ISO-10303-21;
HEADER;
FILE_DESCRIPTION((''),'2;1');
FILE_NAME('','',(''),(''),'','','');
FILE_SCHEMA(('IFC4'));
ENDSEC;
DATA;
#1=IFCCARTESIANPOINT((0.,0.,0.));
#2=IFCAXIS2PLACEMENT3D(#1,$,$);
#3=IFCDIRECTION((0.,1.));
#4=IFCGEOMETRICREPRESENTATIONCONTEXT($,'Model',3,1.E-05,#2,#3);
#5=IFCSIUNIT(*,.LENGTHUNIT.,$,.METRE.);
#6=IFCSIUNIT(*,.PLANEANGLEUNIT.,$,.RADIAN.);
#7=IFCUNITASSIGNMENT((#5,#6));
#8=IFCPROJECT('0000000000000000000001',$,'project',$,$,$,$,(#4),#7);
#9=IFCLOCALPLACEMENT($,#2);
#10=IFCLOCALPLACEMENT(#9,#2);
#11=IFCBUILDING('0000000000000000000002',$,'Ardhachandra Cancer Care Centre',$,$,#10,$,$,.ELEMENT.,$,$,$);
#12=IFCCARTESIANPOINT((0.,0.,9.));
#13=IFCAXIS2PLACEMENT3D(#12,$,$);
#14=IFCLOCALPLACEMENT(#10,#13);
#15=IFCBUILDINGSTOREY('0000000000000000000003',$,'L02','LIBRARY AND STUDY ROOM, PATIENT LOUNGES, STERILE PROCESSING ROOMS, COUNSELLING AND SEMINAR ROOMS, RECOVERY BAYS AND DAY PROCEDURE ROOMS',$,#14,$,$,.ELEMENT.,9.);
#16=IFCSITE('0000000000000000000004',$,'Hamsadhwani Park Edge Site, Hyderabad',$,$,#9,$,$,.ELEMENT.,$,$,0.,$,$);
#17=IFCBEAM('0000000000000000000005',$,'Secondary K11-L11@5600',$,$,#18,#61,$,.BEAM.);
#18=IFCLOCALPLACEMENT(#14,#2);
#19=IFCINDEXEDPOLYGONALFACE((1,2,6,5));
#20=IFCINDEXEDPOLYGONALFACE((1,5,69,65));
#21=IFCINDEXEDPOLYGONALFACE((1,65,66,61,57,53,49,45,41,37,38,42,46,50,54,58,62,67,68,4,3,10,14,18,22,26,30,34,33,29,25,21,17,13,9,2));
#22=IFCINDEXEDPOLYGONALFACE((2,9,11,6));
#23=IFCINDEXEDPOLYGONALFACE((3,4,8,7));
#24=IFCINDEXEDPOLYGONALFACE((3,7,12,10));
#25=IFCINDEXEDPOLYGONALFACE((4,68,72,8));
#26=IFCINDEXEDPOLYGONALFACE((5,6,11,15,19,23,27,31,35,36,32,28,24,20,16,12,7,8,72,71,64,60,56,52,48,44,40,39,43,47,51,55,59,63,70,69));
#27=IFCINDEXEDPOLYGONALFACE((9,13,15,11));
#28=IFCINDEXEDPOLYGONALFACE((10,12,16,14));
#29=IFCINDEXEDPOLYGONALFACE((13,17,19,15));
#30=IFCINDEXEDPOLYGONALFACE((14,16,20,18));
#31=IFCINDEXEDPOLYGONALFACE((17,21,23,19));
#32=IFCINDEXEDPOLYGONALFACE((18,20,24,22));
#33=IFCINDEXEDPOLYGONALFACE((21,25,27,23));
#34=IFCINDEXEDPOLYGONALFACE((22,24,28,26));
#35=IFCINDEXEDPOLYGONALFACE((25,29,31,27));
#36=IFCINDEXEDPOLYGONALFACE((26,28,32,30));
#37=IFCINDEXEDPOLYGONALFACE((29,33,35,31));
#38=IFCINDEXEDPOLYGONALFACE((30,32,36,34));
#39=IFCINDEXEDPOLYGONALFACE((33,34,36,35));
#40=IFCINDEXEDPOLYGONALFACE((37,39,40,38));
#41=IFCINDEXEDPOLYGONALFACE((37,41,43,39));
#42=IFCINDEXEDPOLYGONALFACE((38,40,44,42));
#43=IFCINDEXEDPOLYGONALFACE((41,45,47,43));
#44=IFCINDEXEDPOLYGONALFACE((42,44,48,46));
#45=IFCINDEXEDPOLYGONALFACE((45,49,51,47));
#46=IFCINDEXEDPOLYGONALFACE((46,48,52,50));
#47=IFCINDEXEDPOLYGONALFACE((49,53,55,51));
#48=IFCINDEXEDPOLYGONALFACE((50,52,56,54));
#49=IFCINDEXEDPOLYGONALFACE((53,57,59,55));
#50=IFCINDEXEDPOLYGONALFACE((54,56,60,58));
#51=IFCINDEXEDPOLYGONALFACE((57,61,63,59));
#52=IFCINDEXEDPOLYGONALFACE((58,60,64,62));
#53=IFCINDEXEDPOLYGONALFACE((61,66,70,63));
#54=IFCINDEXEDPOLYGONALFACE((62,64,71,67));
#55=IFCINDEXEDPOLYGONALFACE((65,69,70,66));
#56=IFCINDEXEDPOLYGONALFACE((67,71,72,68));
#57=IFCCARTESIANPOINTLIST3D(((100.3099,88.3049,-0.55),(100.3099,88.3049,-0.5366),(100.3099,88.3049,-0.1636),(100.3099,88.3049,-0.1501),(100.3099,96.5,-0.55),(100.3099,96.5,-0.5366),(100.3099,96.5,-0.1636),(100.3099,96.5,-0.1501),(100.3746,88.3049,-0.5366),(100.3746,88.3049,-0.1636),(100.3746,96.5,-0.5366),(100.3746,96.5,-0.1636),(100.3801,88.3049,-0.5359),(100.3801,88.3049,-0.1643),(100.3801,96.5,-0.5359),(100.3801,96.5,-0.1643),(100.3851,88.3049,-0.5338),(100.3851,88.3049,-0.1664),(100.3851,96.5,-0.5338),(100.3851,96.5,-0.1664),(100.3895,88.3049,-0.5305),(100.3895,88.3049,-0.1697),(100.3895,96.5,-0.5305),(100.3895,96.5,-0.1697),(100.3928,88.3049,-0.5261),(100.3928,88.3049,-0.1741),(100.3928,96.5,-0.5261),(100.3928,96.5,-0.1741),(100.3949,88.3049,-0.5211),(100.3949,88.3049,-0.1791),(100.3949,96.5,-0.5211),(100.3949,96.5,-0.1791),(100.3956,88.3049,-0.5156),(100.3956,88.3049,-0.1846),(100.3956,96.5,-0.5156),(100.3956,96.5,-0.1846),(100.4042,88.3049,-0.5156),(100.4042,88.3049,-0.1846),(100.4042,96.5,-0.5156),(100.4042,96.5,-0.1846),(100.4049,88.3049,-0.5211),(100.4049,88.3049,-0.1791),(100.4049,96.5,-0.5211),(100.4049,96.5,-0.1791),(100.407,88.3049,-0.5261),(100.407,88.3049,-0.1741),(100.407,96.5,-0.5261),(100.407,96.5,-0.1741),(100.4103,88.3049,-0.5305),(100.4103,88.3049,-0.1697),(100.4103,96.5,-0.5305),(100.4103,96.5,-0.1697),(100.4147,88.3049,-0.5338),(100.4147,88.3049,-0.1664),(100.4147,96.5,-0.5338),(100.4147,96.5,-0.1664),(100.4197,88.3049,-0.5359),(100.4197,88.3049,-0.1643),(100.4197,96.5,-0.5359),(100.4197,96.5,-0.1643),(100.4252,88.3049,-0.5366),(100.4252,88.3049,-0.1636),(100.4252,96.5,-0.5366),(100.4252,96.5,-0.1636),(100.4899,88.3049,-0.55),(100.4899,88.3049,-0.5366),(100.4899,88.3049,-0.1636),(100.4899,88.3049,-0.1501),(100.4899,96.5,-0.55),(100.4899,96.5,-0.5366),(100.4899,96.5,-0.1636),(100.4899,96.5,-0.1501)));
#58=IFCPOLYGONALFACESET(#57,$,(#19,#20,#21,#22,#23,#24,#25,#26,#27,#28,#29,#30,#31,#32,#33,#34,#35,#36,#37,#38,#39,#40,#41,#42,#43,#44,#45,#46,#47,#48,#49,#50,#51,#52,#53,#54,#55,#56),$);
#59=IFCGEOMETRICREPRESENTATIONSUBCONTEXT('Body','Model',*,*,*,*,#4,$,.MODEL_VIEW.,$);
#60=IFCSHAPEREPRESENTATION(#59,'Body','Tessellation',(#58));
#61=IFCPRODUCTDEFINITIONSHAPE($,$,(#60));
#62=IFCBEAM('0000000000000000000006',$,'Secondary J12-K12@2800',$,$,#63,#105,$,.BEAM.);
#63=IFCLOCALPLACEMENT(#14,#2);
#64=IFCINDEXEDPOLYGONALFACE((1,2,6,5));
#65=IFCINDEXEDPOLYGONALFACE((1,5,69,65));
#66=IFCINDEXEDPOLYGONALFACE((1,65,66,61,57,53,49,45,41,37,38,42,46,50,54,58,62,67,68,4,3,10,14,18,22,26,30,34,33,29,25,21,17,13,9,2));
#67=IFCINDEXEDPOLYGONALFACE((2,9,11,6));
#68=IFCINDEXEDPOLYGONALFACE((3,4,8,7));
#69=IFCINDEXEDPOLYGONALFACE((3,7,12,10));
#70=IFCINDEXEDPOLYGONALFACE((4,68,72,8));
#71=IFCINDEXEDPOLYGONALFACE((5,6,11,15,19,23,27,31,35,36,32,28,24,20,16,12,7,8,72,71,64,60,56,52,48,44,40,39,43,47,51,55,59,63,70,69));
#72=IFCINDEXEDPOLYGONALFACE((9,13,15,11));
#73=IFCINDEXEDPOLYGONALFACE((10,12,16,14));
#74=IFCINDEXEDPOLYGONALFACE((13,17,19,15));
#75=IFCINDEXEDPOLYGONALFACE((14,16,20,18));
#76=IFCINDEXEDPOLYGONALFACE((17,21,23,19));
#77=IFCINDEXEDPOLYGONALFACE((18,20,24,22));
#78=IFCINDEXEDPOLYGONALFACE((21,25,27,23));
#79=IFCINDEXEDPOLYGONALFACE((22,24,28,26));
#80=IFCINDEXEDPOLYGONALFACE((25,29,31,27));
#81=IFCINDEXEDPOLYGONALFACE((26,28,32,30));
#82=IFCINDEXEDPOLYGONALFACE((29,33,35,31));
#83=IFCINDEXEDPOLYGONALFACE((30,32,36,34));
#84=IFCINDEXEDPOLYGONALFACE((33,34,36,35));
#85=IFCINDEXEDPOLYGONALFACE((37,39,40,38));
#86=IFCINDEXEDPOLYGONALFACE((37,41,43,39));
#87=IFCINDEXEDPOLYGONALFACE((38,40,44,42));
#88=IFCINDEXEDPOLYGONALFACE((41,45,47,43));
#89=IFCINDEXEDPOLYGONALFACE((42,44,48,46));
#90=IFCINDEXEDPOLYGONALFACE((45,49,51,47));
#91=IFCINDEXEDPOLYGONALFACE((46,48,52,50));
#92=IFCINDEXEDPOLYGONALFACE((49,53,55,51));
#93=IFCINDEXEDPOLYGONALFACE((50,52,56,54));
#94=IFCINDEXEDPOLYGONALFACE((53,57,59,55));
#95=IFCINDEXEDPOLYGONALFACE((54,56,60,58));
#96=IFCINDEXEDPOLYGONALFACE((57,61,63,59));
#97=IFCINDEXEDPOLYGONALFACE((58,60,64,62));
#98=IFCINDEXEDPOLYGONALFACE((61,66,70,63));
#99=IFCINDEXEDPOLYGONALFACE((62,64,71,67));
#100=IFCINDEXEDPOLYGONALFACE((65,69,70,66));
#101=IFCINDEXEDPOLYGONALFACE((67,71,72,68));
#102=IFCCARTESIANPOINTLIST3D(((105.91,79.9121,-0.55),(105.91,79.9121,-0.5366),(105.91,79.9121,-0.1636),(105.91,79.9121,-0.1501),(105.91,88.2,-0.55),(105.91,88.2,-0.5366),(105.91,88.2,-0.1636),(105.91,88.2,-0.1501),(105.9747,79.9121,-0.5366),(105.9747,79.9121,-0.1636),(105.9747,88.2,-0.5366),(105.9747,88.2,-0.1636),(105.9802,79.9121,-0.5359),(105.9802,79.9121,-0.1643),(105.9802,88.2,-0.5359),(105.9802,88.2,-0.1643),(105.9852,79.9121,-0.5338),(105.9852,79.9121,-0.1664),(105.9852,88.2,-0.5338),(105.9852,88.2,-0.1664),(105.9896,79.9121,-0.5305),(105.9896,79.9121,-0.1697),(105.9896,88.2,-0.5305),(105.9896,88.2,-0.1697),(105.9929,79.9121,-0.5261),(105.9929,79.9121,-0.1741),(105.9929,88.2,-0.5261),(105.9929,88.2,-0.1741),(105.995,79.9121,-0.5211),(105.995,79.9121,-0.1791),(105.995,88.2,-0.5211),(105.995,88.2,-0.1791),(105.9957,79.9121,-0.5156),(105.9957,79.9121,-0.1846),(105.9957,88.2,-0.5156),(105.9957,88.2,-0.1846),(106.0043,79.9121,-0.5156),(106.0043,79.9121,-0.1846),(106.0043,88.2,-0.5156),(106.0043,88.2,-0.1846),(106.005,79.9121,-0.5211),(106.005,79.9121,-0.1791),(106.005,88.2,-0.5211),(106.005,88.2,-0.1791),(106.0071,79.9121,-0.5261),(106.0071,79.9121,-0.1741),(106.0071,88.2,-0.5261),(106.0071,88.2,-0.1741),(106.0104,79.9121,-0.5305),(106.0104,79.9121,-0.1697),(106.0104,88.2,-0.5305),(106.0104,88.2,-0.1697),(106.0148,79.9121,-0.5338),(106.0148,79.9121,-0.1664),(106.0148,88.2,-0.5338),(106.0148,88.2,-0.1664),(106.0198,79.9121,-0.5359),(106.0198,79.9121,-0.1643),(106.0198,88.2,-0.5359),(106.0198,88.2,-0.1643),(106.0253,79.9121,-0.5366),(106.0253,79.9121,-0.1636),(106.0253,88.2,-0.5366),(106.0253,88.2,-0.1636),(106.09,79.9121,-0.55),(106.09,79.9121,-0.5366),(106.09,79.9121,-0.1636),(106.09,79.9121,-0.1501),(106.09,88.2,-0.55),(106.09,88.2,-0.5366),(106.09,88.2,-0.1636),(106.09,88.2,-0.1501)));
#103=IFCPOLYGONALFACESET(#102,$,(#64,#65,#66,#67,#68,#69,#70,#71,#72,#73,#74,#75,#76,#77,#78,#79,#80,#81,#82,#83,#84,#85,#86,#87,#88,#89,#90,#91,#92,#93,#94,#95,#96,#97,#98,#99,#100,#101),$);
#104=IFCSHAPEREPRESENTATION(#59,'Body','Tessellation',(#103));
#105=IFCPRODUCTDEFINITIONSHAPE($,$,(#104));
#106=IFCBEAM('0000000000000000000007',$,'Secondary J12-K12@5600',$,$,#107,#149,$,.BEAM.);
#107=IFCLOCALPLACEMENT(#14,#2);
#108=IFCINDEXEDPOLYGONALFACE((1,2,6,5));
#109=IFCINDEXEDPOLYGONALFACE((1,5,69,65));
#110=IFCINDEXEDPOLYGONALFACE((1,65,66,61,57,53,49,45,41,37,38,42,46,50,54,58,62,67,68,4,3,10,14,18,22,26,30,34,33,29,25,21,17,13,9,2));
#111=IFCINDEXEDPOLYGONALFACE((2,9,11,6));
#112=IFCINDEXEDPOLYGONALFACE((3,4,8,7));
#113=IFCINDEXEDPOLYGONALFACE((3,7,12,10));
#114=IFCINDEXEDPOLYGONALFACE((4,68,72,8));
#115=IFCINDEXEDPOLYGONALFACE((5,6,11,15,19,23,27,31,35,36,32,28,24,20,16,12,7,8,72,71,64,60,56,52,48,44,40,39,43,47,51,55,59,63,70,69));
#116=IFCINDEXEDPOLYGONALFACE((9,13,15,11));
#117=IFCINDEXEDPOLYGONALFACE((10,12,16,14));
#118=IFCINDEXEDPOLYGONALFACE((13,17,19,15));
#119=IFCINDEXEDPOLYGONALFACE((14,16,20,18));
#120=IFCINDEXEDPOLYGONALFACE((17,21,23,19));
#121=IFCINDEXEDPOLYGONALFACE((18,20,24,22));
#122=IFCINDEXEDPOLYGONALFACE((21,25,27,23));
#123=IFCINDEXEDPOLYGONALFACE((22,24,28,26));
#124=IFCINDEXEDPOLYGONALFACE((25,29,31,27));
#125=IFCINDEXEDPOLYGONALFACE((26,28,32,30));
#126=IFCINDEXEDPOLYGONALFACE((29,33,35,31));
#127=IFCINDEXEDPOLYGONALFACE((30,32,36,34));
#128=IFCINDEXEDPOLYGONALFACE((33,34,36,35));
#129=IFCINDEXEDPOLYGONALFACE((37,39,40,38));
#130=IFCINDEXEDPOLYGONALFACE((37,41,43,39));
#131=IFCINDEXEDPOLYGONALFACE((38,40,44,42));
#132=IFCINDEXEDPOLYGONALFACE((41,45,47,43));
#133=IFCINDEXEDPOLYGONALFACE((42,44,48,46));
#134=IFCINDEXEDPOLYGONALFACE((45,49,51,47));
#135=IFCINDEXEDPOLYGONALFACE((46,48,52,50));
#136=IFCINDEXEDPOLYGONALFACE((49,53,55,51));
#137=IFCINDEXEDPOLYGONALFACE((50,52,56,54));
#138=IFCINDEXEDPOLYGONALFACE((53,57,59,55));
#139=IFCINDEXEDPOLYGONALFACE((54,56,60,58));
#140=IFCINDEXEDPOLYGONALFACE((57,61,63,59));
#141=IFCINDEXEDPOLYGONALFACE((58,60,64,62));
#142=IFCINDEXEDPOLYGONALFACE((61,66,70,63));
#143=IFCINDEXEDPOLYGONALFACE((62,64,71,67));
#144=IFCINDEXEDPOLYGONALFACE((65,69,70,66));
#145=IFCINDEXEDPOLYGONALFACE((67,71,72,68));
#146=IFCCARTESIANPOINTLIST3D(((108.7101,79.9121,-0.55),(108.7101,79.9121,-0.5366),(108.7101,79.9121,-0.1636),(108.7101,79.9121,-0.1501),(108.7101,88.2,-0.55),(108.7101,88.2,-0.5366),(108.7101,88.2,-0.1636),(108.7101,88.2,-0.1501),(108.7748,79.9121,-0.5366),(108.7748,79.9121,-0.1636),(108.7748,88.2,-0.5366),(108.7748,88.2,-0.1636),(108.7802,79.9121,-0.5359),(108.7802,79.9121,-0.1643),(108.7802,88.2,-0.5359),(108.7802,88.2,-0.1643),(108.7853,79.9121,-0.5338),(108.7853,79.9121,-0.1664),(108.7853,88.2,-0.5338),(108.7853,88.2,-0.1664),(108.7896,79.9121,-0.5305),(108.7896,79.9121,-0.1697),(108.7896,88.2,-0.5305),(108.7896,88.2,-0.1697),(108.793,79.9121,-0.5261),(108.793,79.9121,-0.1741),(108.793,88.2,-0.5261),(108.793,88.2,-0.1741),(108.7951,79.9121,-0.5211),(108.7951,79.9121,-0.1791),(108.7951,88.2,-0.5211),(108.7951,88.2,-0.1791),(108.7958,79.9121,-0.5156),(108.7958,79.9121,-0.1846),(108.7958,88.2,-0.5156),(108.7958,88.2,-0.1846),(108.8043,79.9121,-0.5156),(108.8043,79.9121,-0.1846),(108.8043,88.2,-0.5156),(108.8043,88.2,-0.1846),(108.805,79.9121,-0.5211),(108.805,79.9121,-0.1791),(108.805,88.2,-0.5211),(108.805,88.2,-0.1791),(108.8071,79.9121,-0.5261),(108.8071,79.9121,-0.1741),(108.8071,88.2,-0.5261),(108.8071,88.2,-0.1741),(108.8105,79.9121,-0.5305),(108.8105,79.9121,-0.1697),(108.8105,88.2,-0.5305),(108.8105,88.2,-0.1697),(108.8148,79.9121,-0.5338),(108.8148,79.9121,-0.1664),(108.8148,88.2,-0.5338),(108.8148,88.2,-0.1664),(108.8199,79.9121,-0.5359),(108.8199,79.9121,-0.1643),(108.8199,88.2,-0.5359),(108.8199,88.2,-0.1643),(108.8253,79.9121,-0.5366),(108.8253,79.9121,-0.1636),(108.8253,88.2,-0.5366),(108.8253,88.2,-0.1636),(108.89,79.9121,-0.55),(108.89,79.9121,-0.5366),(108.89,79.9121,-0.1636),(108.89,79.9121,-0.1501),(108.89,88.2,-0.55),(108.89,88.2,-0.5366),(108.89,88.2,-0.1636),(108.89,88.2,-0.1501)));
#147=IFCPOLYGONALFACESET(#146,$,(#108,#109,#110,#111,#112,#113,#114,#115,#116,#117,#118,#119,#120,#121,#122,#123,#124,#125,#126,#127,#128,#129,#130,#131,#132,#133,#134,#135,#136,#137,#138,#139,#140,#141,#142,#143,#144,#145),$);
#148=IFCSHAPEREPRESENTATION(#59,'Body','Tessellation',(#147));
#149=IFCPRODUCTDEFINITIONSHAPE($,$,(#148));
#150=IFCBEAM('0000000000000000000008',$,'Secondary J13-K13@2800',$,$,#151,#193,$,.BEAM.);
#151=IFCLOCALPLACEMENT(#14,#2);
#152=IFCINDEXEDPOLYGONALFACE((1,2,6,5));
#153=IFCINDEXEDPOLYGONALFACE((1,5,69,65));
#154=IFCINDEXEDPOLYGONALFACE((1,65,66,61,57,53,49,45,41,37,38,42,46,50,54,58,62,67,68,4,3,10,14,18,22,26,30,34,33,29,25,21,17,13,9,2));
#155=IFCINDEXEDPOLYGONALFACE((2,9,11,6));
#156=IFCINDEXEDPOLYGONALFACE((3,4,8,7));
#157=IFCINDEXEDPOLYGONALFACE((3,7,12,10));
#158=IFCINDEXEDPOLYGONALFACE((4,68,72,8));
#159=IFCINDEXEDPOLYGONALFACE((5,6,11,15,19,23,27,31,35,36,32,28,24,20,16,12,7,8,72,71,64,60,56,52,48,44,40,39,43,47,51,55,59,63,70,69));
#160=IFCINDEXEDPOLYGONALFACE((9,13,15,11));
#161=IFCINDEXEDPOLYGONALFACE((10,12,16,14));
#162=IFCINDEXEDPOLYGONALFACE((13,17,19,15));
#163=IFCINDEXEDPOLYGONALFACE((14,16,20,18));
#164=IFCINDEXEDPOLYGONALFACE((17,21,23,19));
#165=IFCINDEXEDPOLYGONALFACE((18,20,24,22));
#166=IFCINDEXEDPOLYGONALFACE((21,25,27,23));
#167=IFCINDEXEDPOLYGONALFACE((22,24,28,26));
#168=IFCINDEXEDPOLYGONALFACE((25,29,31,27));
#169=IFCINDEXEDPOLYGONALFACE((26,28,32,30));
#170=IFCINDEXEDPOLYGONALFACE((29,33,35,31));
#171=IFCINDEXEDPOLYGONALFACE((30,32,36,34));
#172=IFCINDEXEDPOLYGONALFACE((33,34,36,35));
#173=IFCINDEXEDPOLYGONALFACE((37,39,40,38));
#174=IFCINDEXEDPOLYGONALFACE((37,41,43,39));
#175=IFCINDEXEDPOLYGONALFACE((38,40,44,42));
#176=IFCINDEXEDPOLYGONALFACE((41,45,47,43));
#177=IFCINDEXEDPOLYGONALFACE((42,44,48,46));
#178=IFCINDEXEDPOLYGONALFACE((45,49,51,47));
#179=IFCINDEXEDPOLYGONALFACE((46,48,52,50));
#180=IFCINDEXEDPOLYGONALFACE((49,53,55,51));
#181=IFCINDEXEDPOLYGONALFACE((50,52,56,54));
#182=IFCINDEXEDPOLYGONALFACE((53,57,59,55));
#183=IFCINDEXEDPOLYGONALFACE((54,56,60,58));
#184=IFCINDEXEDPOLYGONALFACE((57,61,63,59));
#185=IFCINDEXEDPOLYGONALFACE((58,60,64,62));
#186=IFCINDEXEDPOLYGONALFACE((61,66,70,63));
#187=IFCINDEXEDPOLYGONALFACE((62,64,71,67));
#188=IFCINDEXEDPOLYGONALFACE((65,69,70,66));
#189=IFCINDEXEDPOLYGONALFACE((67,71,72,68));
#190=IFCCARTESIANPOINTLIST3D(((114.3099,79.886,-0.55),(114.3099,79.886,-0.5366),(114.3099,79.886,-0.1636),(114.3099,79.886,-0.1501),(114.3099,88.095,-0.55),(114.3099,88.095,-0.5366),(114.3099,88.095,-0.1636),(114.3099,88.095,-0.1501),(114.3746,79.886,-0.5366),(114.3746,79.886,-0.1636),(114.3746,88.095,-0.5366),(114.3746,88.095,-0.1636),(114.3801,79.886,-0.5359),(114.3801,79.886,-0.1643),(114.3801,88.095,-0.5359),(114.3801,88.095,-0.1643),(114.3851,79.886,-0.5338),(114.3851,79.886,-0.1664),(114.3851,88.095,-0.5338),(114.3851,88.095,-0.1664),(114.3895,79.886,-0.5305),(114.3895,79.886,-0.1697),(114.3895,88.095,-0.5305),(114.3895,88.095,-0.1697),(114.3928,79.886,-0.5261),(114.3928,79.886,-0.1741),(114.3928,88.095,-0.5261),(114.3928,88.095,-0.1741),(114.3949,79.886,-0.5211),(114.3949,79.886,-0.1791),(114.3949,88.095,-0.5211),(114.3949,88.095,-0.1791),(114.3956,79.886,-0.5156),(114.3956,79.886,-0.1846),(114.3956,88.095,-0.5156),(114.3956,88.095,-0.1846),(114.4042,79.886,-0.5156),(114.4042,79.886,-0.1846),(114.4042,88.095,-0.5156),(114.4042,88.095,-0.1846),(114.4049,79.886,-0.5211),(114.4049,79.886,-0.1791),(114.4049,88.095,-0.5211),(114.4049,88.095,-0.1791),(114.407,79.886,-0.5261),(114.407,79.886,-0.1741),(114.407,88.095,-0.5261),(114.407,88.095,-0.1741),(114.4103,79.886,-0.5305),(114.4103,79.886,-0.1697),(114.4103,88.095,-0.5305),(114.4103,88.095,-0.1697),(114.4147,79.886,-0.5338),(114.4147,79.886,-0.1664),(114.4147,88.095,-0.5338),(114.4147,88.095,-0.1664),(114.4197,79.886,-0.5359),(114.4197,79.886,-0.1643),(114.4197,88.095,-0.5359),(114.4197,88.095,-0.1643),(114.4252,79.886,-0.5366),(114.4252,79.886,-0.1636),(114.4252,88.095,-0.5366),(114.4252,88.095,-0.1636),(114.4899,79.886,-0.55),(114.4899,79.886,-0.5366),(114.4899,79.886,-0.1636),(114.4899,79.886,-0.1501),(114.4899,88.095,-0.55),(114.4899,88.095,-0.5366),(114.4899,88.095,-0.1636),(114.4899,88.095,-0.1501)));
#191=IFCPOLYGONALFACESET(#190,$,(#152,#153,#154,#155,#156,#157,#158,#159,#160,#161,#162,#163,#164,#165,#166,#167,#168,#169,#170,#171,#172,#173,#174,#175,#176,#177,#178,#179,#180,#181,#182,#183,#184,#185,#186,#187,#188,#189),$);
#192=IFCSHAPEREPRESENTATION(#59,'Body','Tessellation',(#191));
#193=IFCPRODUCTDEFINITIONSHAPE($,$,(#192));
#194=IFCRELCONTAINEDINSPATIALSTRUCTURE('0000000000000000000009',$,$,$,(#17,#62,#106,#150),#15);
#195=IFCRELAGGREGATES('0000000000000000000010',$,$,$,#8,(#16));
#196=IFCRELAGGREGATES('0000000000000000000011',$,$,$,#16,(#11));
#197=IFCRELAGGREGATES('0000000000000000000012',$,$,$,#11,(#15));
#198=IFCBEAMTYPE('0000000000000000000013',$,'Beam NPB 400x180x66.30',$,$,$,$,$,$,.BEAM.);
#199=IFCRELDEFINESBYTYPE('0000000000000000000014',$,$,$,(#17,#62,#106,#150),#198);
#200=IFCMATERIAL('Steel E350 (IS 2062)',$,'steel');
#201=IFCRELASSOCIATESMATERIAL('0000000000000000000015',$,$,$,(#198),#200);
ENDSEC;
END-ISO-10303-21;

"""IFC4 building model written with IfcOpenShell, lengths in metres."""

from ifc_helpers import new_model, si_unit, direction, frame, origin, origin_2d, place, context, subcontext, project, spatial, i_section, extrude, material, material_profile, profile_set, type_object, element, save


model = new_model("IFC4")

# Units and contexts
model_context = context("Model", 3, precision=1e-05, world=origin(), true_north=direction((0.0, 1.0)))
body_context = subcontext(model_context, "Body", "Model", "MODEL_VIEW")
ifc_project = project(units=[si_unit("LENGTHUNIT", "METRE"), si_unit("PLANEANGLEUNIT", "RADIAN")], contexts=[model_context])

# Site, building, storey
site_placement = place(None, origin())
site = spatial("IfcSite", under=ifc_project, at=site_placement, Name="Hamsadhwani Park Edge Site, Hyderabad", CompositionType="ELEMENT", RefElevation=0.0)
building_placement = place(site_placement, origin())
building = spatial("IfcBuilding", under=site, at=building_placement, Name="Ardhachandra Cancer Care Centre", CompositionType="ELEMENT")
storey_placement = place(building_placement, frame((0.0, 0.0, 9.0)))
storey = spatial("IfcBuildingStorey", under=building, at=storey_placement, Name="L02", Description="LIBRARY AND STUDY ROOM, PATIENT LOUNGES, STERILE PROCESSING ROOMS, COUNSELLING AND SEMINAR ROOMS, RECOVERY BAYS AND DAY PROCEDURE ROOMS", CompositionType="ELEMENT", Elevation=9.0)

# Beams
ifc_material_1 = material(Name="Steel E350 (IS 2062)", Category="steel")
ifc_material_profile_1 = material_profile(ifc_material_1, i_section(OverallWidth=0.1799, OverallDepth=0.3999, WebThickness=0.0085, FlangeThickness=0.0134, FilletRadius=0.021, at=origin_2d()), Name="NPB 400x180x66.30")
ifc_profile_set_1 = profile_set([ifc_material_profile_1], Name="Steel E350 (IS 2062)")
beam_type_1 = type_object("IfcBeamType", Name="Beam NPB 400x180x66.30", PredefinedType="BEAM", material=ifc_profile_set_1)
beam_1_placement = place(storey_placement, frame((100.3999, 88.3049, -0.3501), z_axis=(0.0, 1.0, 0.0), x_axis=(-1.0, 0.0, 0.0)))
element("IfcBeam", 1, at=beam_1_placement, inside=storey, type_object=beam_type_1, Name="Secondary K11-L11@5600", PredefinedType="BEAM", context=body_context, shape_type="SweptSolid", body=[
    extrude(i_section(OverallWidth=0.1799, OverallDepth=0.3999, WebThickness=0.0085, FlangeThickness=0.0134, FilletRadius=0.021, at=origin_2d()), origin(), (0.0, 0.0, 1.0), 8.1951),
])
for number, where, z_axis, x_axis, name in (
    (2, (106.0, 79.9121, -0.3501), (0.0, 1.0, 0.0), (-1.0, 0.0, 0.0), "Secondary J12-K12@2800"),
    (3, (108.8, 79.9121, -0.3501), (0.0, 1.0, 0.0), (-1.0, 0.0, 0.0), "Secondary J12-K12@5600"),
):
    element("IfcBeam", number, at=place(storey_placement, frame(where, z_axis=z_axis, x_axis=x_axis)), inside=storey, type_object=beam_type_1, Name=name, PredefinedType="BEAM", context=body_context, shape_type="SweptSolid", body=[
        extrude(i_section(OverallWidth=0.1799, OverallDepth=0.3999, WebThickness=0.0085, FlangeThickness=0.0134, FilletRadius=0.021, at=origin_2d()), origin(), (0.0, 0.0, 1.0), 8.2878),
    ])
beam_2_placement = place(storey_placement, frame((114.3999, 79.886, -0.3501), z_axis=(0.0, 1.0, 0.0), x_axis=(-1.0, 0.0, 0.0)))
element("IfcBeam", 4, at=beam_2_placement, inside=storey, type_object=beam_type_1, Name="Secondary J13-K13@2800", PredefinedType="BEAM", context=body_context, shape_type="SweptSolid", body=[
    extrude(i_section(OverallWidth=0.1799, OverallDepth=0.3999, WebThickness=0.0085, FlangeThickness=0.0134, FilletRadius=0.021, at=origin_2d()), origin(), (0.0, 0.0, 1.0), 8.209),
])

save(model, "model.ifc")
